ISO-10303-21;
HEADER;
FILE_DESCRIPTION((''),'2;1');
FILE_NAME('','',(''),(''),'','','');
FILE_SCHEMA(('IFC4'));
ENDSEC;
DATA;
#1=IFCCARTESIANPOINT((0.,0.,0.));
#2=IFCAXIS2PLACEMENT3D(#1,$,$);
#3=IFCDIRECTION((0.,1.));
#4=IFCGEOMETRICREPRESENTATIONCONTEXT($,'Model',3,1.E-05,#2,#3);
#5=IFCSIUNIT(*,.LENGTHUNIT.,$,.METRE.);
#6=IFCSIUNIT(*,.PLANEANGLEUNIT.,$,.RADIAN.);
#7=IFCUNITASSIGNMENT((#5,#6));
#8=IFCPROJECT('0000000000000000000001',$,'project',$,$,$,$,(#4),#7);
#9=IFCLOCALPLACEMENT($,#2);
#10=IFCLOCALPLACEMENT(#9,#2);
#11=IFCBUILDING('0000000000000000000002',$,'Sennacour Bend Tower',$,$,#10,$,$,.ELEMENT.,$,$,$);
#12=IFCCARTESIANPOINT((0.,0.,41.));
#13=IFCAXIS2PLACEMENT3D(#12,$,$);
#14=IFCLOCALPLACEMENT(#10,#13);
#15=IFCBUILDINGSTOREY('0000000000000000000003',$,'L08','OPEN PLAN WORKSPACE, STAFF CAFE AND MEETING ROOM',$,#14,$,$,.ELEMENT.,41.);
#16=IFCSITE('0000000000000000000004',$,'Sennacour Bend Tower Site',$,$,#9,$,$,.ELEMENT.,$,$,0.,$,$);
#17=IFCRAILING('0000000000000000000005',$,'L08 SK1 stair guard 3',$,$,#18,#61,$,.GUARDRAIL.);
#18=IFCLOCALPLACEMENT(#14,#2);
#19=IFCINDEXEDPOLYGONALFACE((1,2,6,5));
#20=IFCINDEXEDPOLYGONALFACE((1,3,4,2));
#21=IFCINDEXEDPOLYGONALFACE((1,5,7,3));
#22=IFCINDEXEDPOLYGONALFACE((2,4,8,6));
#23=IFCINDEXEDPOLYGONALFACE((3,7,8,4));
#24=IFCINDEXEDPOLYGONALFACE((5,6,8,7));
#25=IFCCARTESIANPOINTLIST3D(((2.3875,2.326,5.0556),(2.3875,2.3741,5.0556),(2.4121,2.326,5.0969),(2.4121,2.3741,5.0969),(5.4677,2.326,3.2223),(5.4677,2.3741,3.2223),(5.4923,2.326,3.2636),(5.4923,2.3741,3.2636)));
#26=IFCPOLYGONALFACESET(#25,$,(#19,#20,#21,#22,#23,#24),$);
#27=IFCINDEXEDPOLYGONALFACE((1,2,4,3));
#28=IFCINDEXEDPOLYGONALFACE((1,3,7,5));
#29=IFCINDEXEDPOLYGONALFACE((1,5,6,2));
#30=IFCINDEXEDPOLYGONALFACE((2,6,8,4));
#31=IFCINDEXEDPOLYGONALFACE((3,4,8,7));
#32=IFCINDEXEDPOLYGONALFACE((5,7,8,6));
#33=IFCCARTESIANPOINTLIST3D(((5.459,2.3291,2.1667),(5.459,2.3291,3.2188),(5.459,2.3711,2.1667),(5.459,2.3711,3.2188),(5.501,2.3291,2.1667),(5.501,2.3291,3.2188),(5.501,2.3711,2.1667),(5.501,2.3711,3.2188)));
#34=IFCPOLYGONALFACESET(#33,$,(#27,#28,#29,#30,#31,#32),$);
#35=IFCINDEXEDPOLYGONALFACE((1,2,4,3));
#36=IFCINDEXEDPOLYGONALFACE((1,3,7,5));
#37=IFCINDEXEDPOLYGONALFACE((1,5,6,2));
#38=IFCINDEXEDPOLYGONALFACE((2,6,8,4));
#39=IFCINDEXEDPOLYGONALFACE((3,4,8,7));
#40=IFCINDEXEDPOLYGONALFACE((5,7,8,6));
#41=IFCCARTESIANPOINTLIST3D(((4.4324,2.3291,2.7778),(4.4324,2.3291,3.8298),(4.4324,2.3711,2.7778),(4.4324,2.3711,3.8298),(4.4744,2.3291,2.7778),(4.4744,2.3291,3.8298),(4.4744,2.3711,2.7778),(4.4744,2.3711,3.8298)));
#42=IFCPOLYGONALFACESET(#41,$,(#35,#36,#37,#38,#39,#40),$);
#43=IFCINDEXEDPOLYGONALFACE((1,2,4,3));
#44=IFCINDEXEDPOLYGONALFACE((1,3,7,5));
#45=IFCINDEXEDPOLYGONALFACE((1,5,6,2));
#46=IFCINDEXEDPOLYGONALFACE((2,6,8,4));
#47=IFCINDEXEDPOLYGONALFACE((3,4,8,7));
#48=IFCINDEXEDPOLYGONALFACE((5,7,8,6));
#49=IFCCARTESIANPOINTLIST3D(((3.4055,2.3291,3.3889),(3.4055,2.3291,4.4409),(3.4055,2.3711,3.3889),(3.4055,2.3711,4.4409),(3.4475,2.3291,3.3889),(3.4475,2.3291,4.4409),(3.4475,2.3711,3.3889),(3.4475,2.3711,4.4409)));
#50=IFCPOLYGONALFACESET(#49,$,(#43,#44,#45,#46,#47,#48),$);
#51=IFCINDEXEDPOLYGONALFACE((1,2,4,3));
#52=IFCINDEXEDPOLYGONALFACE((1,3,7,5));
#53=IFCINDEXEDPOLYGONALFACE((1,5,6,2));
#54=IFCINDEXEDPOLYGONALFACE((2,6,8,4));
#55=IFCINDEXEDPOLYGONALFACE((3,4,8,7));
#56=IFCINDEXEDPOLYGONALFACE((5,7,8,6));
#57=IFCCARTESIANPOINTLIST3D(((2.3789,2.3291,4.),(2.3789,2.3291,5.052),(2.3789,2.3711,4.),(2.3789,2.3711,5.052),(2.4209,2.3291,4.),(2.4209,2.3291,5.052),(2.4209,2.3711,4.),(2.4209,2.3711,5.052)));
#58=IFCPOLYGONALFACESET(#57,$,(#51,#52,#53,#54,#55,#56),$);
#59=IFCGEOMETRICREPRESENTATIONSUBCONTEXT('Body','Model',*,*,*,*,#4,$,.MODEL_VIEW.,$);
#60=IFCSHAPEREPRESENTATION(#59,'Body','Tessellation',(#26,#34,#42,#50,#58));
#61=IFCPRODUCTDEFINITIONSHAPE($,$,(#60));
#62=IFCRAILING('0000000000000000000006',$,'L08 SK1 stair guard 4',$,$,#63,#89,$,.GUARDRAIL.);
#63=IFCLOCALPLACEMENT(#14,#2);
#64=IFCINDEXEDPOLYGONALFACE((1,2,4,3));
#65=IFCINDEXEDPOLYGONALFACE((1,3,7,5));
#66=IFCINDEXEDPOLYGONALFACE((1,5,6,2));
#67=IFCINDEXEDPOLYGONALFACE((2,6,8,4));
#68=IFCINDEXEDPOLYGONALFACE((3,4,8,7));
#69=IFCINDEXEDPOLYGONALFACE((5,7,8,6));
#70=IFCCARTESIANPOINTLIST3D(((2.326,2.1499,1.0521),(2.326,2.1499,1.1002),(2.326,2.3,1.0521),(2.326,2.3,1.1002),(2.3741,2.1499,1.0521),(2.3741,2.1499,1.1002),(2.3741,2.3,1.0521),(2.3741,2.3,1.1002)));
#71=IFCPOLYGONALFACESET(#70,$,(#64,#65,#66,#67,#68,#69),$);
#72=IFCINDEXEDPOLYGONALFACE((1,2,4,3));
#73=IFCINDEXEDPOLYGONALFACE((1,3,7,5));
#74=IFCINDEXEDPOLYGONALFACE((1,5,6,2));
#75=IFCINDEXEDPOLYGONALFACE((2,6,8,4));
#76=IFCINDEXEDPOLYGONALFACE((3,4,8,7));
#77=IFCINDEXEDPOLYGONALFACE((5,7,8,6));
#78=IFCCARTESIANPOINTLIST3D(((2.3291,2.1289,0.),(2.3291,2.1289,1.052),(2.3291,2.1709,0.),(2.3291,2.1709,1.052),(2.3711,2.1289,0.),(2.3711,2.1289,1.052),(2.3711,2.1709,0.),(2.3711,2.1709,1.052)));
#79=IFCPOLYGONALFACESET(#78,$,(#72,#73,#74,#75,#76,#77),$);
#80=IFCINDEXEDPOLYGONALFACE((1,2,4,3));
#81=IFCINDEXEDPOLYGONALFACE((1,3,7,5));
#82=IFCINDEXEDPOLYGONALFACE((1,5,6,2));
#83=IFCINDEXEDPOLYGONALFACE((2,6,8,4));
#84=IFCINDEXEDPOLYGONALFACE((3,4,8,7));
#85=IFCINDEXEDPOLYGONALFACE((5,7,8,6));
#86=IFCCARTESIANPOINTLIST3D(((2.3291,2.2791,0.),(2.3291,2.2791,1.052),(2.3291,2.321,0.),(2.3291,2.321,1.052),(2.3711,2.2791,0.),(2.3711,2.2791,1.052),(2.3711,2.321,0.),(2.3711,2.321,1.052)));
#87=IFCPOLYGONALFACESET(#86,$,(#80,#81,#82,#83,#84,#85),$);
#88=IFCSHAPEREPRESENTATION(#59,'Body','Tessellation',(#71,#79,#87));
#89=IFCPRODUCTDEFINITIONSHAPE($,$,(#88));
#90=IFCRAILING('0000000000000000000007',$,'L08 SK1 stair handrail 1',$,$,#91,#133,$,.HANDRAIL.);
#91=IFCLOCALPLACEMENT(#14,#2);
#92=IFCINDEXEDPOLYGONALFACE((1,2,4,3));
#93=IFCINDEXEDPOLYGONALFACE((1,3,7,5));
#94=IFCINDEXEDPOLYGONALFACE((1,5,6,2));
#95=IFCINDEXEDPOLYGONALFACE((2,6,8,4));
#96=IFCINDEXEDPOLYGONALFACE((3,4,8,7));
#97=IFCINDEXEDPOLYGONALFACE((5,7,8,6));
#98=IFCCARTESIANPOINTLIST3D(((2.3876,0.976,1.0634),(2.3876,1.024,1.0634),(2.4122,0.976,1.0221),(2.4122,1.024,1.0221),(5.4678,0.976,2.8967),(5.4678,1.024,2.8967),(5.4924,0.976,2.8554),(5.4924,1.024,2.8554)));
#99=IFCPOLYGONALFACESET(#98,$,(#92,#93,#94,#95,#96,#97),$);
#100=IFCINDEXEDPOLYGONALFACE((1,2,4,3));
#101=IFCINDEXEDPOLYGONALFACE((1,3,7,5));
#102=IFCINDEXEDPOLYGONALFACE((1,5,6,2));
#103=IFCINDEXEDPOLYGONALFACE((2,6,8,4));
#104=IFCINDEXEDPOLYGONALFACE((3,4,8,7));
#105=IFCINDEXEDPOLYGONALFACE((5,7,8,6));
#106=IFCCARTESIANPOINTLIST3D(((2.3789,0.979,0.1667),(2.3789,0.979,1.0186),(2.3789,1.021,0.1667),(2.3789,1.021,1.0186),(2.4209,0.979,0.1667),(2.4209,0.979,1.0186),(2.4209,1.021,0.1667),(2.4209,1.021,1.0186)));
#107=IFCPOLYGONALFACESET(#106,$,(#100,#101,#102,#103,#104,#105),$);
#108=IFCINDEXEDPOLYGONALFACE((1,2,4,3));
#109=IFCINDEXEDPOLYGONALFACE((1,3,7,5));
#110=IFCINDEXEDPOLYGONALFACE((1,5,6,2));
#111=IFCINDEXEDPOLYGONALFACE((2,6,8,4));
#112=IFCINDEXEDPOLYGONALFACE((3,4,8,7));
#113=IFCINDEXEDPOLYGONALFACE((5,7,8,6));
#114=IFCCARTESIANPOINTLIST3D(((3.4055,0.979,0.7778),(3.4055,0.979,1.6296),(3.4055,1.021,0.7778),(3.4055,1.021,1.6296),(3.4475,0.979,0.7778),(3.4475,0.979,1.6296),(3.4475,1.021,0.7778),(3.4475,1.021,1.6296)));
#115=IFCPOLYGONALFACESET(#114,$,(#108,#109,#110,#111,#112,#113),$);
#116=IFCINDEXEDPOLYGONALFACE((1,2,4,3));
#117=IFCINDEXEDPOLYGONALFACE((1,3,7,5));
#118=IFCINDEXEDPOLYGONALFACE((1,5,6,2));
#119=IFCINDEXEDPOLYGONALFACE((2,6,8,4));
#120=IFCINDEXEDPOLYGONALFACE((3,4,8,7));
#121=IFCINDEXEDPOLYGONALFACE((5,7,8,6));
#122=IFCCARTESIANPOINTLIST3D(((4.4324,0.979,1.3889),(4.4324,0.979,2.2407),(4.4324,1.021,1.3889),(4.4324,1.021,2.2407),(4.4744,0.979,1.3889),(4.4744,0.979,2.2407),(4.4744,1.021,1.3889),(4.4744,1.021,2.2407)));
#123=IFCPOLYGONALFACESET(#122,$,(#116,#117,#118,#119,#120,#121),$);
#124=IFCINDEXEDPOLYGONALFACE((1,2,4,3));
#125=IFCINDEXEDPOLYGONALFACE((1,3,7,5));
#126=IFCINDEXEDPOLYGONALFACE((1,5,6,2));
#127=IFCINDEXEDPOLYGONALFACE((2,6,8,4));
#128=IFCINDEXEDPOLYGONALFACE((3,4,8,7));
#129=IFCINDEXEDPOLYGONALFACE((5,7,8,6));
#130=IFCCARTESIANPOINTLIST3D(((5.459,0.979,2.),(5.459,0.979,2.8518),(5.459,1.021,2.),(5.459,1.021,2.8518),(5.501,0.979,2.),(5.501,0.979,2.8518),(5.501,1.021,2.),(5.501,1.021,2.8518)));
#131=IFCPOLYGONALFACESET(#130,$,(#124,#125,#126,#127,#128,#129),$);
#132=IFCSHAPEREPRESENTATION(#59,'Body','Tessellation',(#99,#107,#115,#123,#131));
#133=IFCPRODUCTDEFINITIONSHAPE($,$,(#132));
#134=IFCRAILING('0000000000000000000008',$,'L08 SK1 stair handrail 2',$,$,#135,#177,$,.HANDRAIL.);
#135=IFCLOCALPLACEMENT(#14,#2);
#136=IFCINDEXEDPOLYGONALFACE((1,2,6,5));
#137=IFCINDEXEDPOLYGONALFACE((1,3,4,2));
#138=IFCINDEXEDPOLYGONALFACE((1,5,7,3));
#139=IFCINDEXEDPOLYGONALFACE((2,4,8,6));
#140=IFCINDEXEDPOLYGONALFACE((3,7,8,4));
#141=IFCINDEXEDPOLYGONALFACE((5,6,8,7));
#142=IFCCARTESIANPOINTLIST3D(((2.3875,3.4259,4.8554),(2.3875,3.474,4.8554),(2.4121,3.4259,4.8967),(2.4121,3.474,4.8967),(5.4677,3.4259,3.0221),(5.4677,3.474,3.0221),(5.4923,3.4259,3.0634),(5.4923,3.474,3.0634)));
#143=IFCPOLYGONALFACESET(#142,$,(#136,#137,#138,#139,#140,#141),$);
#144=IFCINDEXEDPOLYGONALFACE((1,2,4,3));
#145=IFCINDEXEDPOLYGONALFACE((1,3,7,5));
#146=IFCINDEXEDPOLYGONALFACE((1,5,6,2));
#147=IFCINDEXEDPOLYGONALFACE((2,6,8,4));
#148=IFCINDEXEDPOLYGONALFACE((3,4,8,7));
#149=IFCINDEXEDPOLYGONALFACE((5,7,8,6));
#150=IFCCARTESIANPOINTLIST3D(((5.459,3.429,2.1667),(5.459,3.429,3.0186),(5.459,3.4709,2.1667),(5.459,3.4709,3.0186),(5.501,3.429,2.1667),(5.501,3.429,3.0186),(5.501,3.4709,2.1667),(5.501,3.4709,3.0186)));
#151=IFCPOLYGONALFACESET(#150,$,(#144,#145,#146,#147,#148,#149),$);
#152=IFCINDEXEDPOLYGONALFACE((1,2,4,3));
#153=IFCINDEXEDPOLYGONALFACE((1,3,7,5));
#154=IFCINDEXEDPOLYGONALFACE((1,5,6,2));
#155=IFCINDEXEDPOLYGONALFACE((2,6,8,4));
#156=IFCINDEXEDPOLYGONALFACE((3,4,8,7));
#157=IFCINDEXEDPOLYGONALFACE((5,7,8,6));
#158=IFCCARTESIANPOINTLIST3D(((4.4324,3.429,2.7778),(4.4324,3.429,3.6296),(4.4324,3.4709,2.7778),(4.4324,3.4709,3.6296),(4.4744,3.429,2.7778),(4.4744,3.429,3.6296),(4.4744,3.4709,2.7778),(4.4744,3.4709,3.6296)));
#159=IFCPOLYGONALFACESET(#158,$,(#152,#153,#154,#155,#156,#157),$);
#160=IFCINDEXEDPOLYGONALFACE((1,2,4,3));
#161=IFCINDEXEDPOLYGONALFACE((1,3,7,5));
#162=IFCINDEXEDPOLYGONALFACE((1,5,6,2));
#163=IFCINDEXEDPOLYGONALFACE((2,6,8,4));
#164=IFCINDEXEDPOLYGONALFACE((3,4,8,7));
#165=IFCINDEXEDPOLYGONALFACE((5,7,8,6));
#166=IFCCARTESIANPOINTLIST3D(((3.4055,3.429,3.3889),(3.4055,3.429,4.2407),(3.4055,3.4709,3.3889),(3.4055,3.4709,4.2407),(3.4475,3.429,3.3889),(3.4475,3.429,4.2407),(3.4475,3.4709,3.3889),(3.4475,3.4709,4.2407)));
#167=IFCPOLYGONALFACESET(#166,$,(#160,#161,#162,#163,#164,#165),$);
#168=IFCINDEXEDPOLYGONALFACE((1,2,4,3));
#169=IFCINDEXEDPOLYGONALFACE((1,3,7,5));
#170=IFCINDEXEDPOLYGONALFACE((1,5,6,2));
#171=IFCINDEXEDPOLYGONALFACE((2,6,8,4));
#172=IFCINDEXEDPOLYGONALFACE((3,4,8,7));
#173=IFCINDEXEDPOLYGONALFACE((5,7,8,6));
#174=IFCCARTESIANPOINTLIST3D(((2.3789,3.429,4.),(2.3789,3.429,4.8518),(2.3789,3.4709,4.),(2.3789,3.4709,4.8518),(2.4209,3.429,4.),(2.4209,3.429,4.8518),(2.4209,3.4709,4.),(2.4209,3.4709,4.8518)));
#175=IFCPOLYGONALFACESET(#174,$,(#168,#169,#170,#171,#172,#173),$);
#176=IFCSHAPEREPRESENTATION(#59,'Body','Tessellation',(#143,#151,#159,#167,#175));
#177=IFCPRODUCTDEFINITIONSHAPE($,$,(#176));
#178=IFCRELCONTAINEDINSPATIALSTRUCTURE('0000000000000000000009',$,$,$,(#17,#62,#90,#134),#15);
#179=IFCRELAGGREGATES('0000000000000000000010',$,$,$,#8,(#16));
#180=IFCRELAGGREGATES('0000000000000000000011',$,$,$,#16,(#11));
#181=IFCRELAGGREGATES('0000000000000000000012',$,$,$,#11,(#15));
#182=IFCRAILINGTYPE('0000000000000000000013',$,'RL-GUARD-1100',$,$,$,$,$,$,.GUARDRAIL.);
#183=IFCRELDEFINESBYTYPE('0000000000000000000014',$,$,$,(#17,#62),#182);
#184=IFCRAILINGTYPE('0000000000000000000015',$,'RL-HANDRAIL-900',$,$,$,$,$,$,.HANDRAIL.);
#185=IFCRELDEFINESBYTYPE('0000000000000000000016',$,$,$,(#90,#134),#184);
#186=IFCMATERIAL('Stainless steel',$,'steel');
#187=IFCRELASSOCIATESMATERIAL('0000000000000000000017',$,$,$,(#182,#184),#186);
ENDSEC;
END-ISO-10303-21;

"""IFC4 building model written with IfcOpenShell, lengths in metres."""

from ifc_helpers import new_model, si_unit, direction, frame, origin, origin_2d, place, context, subcontext, project, spatial, rectangle, extrude, material, type_object, element, save


model = new_model("IFC4")

# Units and contexts
model_context = context("Model", 3, precision=1e-05, world=origin(), true_north=direction((0.0, 1.0)))
body_context = subcontext(model_context, "Body", "Model", "MODEL_VIEW")
ifc_project = project(units=[si_unit("LENGTHUNIT", "METRE"), si_unit("PLANEANGLEUNIT", "RADIAN")], contexts=[model_context])

# Site, building, storey
site_placement = place(None, origin())
site = spatial("IfcSite", under=ifc_project, at=site_placement, Name="Sennacour Bend Tower Site", CompositionType="ELEMENT", RefElevation=0.0)
building_placement = place(site_placement, origin())
building = spatial("IfcBuilding", under=site, at=building_placement, Name="Sennacour Bend Tower", CompositionType="ELEMENT")
storey_placement = place(building_placement, frame((0.0, 0.0, 41.0)))
storey = spatial("IfcBuildingStorey", under=building, at=storey_placement, Name="L08", Description="OPEN PLAN WORKSPACE, STAFF CAFE AND MEETING ROOM", CompositionType="ELEMENT", Elevation=41.0)

# Railings
ifc_material_1 = material(Name="Stainless steel", Category="steel")
railing_type_1 = type_object("IfcRailingType", Name="RL-GUARD-1100", PredefinedType="GUARDRAIL", material=ifc_material_1)
railing_1_placement = place(storey_placement, frame((5.48, 2.3501, 2.1667)))
element("IfcRailing", 1, at=railing_1_placement, inside=storey, type_object=railing_type_1, Name="L08 SK1 stair guard 3", PredefinedType="GUARDRAIL", context=body_context, shape_type="SweptSolid", body=[
    extrude(rectangle(XDim=0.0481, YDim=0.0481, at=origin_2d()), frame((0.0, 0.0, 1.0762), z_axis=(-0.859309, 0.0, 0.511458), x_axis=(0.0, -1.0, 0.0)), (0.0, 0.0, 1.0), 3.5845),
    extrude(rectangle(XDim=0.042, YDim=0.042, at=origin_2d()), origin(), (0.0, 0.0, 1.0), 1.052),
    extrude(rectangle(XDim=0.042, YDim=0.042, at=origin_2d()), frame((-1.0266, 0.0, 0.6111)), (0.0, 0.0, 1.0), 1.052),
    extrude(rectangle(XDim=0.042, YDim=0.042, at=origin_2d()), frame((-2.0535, 0.0, 1.2222)), (0.0, 0.0, 1.0), 1.052),
    extrude(rectangle(XDim=0.042, YDim=0.042, at=origin_2d()), frame((-3.0801, 0.0, 1.8333)), (0.0, 0.0, 1.0), 1.052),
])
railing_2_placement = place(storey_placement, frame((2.3501, 2.1499, 0.0)))
element("IfcRailing", 2, at=railing_2_placement, inside=storey, type_object=railing_type_1, Name="L08 SK1 stair guard 4", PredefinedType="GUARDRAIL", context=body_context, shape_type="SweptSolid", body=[
    extrude(rectangle(XDim=0.0481, YDim=0.0481, at=origin_2d()), frame((0.0, 0.0, 1.0762), z_axis=(0.0, 1.0, 0.0), x_axis=(-1.0, 0.0, 0.0)), (0.0, 0.0, 1.0), 0.1501),
    extrude(rectangle(XDim=0.042, YDim=0.042, at=origin_2d()), origin(), (0.0, 0.0, 1.0), 1.052),
    extrude(rectangle(XDim=0.042, YDim=0.042, at=origin_2d()), frame((0.0, 0.1501, 0.0)), (0.0, 0.0, 1.0), 1.052),
])
railing_type_2 = type_object("IfcRailingType", Name="RL-HANDRAIL-900", PredefinedType="HANDRAIL", material=ifc_material_1)
railing_3_placement = place(storey_placement, frame((2.3999, 1.0, 0.1667)))
element("IfcRailing", 3, at=railing_3_placement, inside=storey, type_object=railing_type_2, Name="L08 SK1 stair handrail 1", PredefinedType="HANDRAIL", context=body_context, shape_type="SweptSolid", body=[
    extrude(rectangle(XDim=0.0481, YDim=0.0481, at=origin_2d()), frame((0.0, 0.0, 0.876), z_axis=(0.859309, 0.0, 0.511458), x_axis=(0.0, 1.0, 0.0)), (0.0, 0.0, 1.0), 3.5845),
    extrude(rectangle(XDim=0.042, YDim=0.042, at=origin_2d()), origin(), (0.0, 0.0, 1.0), 0.8518),
    extrude(rectangle(XDim=0.042, YDim=0.042, at=origin_2d()), frame((1.0266, 0.0, 0.6111)), (0.0, 0.0, 1.0), 0.8518),
    extrude(rectangle(XDim=0.042, YDim=0.042, at=origin_2d()), frame((2.0535, 0.0, 1.2222)), (0.0, 0.0, 1.0), 0.8518),
    extrude(rectangle(XDim=0.042, YDim=0.042, at=origin_2d()), frame((3.0801, 0.0, 1.8333)), (0.0, 0.0, 1.0), 0.8518),
])
railing_4_placement = place(storey_placement, frame((5.48, 3.45, 2.1667)))
element("IfcRailing", 4, at=railing_4_placement, inside=storey, type_object=railing_type_2, Name="L08 SK1 stair handrail 2", PredefinedType="HANDRAIL", context=body_context, shape_type="SweptSolid", body=[
    extrude(rectangle(XDim=0.0481, YDim=0.0481, at=origin_2d()), frame((0.0, 0.0, 0.876), z_axis=(-0.859309, 0.0, 0.511458), x_axis=(0.0, -1.0, 0.0)), (0.0, 0.0, 1.0), 3.5845),
    extrude(rectangle(XDim=0.042, YDim=0.042, at=origin_2d()), origin(), (0.0, 0.0, 1.0), 0.8518),
    extrude(rectangle(XDim=0.042, YDim=0.042, at=origin_2d()), frame((-1.0266, 0.0, 0.6111)), (0.0, 0.0, 1.0), 0.8518),
    extrude(rectangle(XDim=0.042, YDim=0.042, at=origin_2d()), frame((-2.0535, 0.0, 1.2222)), (0.0, 0.0, 1.0), 0.8518),
    extrude(rectangle(XDim=0.042, YDim=0.042, at=origin_2d()), frame((-3.0801, 0.0, 1.8333)), (0.0, 0.0, 1.0), 0.8518),
])

save(model, "model.ifc")
